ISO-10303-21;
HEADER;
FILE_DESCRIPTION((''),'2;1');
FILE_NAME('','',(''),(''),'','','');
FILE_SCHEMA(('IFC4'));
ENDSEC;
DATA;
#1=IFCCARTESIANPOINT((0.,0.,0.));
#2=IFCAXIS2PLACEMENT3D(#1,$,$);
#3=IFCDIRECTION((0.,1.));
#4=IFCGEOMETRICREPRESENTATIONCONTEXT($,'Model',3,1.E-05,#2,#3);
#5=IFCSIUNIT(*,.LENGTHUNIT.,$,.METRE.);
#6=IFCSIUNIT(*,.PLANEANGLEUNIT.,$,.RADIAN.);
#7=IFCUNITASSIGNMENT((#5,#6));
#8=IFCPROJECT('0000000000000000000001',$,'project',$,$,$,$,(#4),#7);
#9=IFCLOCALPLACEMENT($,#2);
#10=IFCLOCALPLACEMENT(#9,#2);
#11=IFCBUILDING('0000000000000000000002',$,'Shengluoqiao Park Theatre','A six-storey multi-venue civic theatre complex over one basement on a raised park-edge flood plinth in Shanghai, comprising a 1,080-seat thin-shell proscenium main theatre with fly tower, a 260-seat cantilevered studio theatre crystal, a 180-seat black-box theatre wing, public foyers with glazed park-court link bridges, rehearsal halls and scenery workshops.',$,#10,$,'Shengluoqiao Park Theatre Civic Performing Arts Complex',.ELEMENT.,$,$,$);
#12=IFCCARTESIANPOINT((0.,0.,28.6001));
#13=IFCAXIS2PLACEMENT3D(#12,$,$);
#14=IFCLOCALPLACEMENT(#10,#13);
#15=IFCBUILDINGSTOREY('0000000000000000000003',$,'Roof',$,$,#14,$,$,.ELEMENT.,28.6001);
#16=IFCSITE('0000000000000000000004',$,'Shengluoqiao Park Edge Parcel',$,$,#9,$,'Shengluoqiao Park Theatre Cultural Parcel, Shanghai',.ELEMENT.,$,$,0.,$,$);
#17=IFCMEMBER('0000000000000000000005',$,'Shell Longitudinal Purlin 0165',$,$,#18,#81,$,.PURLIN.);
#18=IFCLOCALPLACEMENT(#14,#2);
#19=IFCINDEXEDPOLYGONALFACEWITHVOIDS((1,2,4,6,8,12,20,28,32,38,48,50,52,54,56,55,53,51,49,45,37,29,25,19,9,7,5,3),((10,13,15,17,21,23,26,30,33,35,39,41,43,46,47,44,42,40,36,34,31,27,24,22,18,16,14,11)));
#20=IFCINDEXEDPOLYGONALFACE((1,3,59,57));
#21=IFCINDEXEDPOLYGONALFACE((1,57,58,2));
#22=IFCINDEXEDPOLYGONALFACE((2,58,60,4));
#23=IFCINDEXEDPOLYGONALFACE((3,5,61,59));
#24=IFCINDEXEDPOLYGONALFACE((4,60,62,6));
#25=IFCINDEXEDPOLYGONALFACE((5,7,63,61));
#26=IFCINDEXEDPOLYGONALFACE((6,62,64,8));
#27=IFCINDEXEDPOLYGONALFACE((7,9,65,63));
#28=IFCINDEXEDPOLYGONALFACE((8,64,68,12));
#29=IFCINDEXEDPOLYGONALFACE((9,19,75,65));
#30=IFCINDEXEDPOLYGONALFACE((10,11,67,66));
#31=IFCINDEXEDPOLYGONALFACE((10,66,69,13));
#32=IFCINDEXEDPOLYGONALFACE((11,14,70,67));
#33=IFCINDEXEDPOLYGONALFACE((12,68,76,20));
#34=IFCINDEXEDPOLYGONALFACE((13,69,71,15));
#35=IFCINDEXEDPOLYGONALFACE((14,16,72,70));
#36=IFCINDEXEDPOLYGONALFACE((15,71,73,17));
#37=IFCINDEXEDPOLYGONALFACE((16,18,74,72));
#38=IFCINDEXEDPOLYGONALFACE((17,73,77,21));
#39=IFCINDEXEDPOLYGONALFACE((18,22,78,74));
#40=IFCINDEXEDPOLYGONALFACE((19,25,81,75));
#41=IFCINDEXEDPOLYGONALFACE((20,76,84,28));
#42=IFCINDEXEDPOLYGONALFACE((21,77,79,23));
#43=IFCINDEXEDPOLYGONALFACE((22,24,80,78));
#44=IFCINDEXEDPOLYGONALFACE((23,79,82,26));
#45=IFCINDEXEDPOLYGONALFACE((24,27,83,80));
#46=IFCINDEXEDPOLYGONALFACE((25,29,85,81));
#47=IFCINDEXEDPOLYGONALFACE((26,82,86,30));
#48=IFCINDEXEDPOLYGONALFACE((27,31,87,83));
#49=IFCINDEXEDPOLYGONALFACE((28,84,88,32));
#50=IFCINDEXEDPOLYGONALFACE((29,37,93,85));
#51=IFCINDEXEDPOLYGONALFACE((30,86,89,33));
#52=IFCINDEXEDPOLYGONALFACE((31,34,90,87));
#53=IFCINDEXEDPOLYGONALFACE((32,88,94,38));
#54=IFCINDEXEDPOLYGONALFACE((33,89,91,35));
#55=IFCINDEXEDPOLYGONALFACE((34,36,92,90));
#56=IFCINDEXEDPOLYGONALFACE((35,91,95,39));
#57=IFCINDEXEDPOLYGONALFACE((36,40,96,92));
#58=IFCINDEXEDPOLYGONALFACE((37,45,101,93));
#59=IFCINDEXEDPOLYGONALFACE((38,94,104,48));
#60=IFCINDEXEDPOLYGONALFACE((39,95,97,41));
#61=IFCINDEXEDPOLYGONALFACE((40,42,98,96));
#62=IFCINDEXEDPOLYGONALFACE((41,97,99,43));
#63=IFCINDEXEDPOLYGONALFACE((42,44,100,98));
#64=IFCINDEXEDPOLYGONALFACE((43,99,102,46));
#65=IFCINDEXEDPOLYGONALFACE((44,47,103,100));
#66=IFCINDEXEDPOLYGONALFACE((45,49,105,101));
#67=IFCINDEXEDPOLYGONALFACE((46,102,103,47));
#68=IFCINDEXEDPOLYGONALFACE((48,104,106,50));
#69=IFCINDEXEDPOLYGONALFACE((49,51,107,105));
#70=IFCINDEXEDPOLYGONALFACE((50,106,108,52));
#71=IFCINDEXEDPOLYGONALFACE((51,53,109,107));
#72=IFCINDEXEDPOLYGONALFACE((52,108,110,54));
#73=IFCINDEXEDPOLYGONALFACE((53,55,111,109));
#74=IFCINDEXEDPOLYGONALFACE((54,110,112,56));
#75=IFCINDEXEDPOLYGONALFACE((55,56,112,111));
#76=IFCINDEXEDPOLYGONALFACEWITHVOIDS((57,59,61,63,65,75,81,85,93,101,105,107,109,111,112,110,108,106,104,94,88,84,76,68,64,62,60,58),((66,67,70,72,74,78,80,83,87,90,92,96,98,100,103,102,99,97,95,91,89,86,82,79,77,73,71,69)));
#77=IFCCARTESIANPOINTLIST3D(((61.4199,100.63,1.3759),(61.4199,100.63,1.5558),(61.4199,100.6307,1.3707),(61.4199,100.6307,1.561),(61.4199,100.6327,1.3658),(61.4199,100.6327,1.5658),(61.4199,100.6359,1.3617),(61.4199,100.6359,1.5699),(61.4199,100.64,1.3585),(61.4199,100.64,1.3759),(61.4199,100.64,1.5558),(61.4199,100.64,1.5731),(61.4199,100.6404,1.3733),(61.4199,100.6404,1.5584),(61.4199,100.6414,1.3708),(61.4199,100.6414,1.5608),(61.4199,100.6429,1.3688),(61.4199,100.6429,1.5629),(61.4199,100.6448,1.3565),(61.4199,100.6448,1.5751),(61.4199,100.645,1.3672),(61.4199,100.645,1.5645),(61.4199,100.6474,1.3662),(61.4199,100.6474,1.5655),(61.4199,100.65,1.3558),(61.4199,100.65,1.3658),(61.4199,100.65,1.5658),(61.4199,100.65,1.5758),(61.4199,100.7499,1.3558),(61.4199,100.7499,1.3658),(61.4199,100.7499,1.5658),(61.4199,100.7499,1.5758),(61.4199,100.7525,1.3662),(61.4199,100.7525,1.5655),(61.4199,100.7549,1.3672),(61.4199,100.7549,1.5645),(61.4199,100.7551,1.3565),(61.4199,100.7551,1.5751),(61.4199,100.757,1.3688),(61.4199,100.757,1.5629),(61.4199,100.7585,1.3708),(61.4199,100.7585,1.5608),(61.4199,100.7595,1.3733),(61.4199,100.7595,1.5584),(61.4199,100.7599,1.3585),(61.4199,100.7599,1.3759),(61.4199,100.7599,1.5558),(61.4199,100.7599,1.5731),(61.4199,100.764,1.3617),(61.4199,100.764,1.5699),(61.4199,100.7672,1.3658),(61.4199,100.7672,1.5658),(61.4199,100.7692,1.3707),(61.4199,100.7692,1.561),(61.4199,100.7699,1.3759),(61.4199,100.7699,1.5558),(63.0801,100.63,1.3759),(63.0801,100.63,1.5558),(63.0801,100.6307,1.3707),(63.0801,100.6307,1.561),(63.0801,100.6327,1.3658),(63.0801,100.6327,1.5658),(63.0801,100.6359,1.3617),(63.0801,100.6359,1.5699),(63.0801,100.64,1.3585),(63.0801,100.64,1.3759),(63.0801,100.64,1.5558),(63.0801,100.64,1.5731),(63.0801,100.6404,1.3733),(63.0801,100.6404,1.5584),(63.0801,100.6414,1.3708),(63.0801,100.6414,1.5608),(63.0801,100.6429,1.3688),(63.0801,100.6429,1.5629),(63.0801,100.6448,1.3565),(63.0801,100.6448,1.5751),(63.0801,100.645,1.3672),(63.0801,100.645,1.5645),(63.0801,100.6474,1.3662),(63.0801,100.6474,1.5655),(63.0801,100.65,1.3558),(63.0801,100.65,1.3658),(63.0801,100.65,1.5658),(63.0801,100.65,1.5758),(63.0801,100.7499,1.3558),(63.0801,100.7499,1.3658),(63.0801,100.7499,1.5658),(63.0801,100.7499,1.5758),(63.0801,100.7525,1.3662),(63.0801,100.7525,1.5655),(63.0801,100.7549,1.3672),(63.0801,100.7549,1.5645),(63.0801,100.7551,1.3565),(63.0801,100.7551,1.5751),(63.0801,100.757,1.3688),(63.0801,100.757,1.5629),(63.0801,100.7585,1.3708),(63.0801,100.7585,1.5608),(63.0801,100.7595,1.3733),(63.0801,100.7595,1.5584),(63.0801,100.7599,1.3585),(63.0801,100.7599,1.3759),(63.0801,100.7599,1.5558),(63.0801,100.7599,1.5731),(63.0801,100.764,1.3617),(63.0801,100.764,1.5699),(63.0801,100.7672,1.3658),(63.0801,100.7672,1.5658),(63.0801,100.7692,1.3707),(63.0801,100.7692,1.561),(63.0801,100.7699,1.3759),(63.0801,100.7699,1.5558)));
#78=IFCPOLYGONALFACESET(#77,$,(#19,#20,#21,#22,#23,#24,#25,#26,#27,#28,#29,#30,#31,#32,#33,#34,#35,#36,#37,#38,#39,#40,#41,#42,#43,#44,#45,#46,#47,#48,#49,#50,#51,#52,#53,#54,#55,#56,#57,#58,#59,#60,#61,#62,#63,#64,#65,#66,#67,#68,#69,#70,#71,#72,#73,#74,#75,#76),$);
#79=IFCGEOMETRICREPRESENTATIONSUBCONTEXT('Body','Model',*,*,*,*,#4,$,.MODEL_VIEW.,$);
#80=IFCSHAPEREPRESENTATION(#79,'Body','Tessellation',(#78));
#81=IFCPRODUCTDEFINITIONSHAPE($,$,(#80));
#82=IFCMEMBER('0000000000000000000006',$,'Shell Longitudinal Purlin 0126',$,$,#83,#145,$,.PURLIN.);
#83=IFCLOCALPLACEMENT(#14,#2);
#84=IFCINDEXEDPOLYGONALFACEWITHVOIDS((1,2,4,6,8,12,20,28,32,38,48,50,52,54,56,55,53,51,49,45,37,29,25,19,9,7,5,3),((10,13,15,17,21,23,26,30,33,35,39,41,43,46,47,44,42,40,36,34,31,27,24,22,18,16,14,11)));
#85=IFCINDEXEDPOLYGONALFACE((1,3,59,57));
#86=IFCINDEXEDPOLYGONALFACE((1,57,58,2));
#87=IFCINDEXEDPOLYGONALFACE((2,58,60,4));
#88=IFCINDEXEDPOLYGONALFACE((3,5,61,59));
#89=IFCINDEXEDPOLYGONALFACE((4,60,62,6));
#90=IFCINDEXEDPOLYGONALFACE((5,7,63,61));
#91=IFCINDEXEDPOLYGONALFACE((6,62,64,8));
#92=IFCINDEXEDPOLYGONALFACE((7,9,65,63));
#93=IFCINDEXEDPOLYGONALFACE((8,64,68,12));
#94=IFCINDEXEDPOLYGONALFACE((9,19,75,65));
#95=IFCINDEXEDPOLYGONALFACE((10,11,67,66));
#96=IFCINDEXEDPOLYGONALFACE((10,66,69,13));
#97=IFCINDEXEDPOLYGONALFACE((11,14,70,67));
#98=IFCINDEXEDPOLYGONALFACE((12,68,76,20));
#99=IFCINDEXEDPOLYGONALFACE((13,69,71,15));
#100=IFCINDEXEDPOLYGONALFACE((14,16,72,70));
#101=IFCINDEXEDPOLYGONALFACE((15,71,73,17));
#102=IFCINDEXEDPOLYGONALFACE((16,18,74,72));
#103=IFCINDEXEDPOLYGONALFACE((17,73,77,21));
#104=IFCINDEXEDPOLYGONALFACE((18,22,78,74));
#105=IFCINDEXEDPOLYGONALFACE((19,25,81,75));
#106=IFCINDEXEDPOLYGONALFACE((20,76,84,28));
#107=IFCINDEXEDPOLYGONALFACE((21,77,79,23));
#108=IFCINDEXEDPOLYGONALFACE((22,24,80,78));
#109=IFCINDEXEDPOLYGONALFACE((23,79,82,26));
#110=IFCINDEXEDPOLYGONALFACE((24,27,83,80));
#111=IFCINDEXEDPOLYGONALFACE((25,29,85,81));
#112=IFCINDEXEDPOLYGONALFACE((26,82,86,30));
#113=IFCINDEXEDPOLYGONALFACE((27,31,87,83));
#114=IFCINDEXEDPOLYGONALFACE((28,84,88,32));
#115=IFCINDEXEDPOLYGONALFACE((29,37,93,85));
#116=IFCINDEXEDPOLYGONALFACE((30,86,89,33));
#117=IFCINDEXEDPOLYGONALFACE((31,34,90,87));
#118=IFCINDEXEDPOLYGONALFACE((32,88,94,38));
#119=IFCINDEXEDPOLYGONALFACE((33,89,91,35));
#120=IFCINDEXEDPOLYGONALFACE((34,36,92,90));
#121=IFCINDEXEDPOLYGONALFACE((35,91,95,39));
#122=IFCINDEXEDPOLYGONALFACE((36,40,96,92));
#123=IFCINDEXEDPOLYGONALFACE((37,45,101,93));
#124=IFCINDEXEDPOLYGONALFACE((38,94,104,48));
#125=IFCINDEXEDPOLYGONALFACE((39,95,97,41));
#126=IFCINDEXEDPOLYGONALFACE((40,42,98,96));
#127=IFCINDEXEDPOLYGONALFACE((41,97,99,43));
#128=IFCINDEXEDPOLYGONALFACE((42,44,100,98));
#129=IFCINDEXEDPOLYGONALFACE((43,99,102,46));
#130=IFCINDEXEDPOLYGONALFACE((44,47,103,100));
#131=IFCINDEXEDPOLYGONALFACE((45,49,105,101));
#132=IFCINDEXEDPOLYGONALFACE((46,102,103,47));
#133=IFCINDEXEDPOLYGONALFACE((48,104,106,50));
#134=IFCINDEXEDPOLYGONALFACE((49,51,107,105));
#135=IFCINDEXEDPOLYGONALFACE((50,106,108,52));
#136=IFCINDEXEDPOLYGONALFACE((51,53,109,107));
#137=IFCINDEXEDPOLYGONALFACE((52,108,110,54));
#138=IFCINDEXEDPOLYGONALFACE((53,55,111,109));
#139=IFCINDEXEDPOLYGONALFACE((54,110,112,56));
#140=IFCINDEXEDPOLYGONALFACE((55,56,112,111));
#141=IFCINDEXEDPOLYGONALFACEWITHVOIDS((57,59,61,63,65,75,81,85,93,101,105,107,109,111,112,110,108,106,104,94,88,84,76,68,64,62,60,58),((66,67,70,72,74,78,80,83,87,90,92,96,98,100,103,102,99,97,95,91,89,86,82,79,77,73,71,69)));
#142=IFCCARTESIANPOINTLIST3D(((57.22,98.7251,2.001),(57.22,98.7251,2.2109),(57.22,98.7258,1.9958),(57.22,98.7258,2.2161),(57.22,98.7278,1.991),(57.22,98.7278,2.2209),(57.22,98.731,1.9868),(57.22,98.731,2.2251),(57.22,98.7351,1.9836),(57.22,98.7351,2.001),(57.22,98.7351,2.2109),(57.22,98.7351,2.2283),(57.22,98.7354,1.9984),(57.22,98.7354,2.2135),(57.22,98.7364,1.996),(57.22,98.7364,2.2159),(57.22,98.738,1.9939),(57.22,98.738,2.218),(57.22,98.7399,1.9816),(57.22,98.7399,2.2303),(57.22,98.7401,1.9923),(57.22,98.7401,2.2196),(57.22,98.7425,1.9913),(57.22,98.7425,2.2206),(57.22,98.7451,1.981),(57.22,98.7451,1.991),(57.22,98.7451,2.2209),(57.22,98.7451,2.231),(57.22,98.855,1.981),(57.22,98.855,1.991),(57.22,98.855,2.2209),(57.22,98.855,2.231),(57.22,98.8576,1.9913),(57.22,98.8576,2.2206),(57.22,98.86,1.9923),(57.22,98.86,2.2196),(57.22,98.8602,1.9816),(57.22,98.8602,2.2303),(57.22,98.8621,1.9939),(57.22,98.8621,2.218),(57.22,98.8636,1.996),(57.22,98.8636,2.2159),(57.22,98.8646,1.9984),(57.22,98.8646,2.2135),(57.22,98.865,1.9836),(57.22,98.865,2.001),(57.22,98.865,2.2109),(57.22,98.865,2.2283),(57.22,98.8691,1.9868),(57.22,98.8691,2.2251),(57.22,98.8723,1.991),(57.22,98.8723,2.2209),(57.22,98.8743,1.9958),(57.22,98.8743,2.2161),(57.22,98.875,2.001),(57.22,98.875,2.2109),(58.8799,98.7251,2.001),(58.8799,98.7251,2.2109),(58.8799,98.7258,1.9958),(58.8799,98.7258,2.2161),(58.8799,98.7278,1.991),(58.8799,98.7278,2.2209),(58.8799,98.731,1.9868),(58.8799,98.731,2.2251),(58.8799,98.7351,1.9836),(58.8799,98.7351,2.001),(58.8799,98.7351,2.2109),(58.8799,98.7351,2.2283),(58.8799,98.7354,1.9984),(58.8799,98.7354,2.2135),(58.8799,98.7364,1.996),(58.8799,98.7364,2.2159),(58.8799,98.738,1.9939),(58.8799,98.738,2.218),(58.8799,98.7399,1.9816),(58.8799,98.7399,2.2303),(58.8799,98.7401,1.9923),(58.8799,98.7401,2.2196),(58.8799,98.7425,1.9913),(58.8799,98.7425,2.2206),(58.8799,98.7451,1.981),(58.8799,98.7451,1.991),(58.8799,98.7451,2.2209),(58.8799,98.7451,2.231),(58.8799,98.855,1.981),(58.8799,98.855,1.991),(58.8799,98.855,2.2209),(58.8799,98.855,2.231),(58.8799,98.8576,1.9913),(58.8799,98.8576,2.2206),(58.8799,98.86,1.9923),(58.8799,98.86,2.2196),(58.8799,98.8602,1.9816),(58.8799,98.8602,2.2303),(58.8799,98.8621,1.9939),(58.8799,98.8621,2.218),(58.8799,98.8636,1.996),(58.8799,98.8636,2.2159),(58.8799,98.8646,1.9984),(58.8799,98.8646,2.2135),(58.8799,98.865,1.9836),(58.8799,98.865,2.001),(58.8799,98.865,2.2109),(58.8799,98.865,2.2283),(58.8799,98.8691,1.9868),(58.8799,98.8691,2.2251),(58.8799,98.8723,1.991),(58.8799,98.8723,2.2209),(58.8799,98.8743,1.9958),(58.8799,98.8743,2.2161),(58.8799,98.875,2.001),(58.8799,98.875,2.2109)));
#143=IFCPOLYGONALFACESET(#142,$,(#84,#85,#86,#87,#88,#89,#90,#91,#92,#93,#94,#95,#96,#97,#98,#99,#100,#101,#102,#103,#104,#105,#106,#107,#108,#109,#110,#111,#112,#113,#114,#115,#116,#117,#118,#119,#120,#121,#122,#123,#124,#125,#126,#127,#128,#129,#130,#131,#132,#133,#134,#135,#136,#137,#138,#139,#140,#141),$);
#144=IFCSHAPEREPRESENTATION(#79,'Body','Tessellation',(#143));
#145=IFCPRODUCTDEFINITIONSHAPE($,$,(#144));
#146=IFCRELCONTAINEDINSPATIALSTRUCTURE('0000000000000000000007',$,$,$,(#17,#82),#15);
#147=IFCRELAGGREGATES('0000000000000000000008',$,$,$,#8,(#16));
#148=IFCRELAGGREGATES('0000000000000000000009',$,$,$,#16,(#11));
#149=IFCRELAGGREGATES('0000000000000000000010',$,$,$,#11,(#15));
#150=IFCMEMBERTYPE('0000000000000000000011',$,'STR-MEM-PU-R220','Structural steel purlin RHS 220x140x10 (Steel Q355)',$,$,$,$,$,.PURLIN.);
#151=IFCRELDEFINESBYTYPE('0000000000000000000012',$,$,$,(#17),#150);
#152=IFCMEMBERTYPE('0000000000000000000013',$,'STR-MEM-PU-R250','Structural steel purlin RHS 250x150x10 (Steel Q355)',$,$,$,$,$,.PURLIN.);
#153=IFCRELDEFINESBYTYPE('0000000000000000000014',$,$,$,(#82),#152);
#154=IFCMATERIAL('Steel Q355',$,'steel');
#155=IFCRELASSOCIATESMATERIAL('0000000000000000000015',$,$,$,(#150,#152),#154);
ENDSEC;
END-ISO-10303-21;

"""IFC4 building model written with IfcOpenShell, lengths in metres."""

from ifc_helpers import new_model, si_unit, direction, frame, origin, origin_2d, place, context, subcontext, project, spatial, hollow_rectangle, extrude, material, material_profile, profile_set, type_object, element, save


model = new_model("IFC4")

# Units and contexts
model_context = context("Model", 3, precision=1e-05, world=origin(), true_north=direction((0.0, 1.0)))
body_context = subcontext(model_context, "Body", "Model", "MODEL_VIEW")
ifc_project = project(units=[si_unit("LENGTHUNIT", "METRE"), si_unit("PLANEANGLEUNIT", "RADIAN")], contexts=[model_context])

# Site, building, storey
site_placement = place(None, origin())
site = spatial("IfcSite", under=ifc_project, at=site_placement, Name="Shengluoqiao Park Edge Parcel", LongName="Shengluoqiao Park Theatre Cultural Parcel, Shanghai", CompositionType="ELEMENT", RefElevation=0.0)
building_placement = place(site_placement, origin())
building = spatial("IfcBuilding", under=site, at=building_placement, Name="Shengluoqiao Park Theatre", Description="A six-storey multi-venue civic theatre complex over one basement on a raised park-edge flood plinth in Shanghai, comprising a 1,080-seat thin-shell proscenium main theatre with fly tower, a 260-seat cantilevered studio theatre crystal, a 180-seat black-box theatre wing, public foyers with glazed park-court link bridges, rehearsal halls and scenery workshops.", LongName="Shengluoqiao Park Theatre Civic Performing Arts Complex", CompositionType="ELEMENT")
storey_placement = place(building_placement, frame((0.0, 0.0, 28.6001)))
storey = spatial("IfcBuildingStorey", under=building, at=storey_placement, Name="Roof", CompositionType="ELEMENT", Elevation=28.6001)

# Members
ifc_material_1 = material(Name="Steel Q355", Category="steel")
ifc_material_profile_1 = material_profile(ifc_material_1, hollow_rectangle(XDim=0.1399, YDim=0.22, WallThickness=0.01, InnerFilletRadius=0.01, OuterFilletRadius=0.02, at=origin_2d()), Name="RHS 220x140x10")
ifc_profile_set_1 = profile_set([ifc_material_profile_1], Name="Steel Q355")
member_type_1 = type_object("IfcMemberType", Name="STR-MEM-PU-R220", Description="Structural steel purlin RHS 220x140x10 (Steel Q355)", PredefinedType="PURLIN", material=ifc_profile_set_1)
member_1_placement = place(storey_placement, frame((61.4199, 100.7, 1.4658), z_axis=(1.0, 0.0, 0.0), x_axis=(0.0, 1.0, 0.0)))
element("IfcMember", 1, at=member_1_placement, inside=storey, type_object=member_type_1, Name="Shell Longitudinal Purlin 0165", PredefinedType="PURLIN", context=body_context, shape_type="SweptSolid", body=[
    extrude(hollow_rectangle(XDim=0.1399, YDim=0.22, WallThickness=0.01, InnerFilletRadius=0.01, OuterFilletRadius=0.02, at=origin_2d()), origin(), (0.0, 0.0, 1.0), 1.6602),
])
ifc_material_profile_2 = material_profile(ifc_material_1, hollow_rectangle(XDim=0.1499, YDim=0.25, WallThickness=0.01, InnerFilletRadius=0.01, OuterFilletRadius=0.02, at=origin_2d()), Name="RHS 250x150x10")
ifc_profile_set_2 = profile_set([ifc_material_profile_2], Name="Steel Q355")
member_type_2 = type_object("IfcMemberType", Name="STR-MEM-PU-R250", Description="Structural steel purlin RHS 250x150x10 (Steel Q355)", PredefinedType="PURLIN", material=ifc_profile_set_2)
for number, where, z_axis, x_axis, name in (
    (2, (57.22, 98.8, 2.106), (1.0, 0.0, 0.0), (0.0, 1.0, 0.0), "Shell Longitudinal Purlin 0126"),
):
    element("IfcMember", number, at=place(storey_placement, frame(where, z_axis=z_axis, x_axis=x_axis)), inside=storey, type_object=member_type_2, Name=name, PredefinedType="PURLIN", context=body_context, shape_type="SweptSolid", body=[
        extrude(hollow_rectangle(XDim=0.1499, YDim=0.25, WallThickness=0.01, InnerFilletRadius=0.01, OuterFilletRadius=0.02, at=origin_2d()), origin(), (0.0, 0.0, 1.0), 1.6599),
    ])

save(model, "model.ifc")
